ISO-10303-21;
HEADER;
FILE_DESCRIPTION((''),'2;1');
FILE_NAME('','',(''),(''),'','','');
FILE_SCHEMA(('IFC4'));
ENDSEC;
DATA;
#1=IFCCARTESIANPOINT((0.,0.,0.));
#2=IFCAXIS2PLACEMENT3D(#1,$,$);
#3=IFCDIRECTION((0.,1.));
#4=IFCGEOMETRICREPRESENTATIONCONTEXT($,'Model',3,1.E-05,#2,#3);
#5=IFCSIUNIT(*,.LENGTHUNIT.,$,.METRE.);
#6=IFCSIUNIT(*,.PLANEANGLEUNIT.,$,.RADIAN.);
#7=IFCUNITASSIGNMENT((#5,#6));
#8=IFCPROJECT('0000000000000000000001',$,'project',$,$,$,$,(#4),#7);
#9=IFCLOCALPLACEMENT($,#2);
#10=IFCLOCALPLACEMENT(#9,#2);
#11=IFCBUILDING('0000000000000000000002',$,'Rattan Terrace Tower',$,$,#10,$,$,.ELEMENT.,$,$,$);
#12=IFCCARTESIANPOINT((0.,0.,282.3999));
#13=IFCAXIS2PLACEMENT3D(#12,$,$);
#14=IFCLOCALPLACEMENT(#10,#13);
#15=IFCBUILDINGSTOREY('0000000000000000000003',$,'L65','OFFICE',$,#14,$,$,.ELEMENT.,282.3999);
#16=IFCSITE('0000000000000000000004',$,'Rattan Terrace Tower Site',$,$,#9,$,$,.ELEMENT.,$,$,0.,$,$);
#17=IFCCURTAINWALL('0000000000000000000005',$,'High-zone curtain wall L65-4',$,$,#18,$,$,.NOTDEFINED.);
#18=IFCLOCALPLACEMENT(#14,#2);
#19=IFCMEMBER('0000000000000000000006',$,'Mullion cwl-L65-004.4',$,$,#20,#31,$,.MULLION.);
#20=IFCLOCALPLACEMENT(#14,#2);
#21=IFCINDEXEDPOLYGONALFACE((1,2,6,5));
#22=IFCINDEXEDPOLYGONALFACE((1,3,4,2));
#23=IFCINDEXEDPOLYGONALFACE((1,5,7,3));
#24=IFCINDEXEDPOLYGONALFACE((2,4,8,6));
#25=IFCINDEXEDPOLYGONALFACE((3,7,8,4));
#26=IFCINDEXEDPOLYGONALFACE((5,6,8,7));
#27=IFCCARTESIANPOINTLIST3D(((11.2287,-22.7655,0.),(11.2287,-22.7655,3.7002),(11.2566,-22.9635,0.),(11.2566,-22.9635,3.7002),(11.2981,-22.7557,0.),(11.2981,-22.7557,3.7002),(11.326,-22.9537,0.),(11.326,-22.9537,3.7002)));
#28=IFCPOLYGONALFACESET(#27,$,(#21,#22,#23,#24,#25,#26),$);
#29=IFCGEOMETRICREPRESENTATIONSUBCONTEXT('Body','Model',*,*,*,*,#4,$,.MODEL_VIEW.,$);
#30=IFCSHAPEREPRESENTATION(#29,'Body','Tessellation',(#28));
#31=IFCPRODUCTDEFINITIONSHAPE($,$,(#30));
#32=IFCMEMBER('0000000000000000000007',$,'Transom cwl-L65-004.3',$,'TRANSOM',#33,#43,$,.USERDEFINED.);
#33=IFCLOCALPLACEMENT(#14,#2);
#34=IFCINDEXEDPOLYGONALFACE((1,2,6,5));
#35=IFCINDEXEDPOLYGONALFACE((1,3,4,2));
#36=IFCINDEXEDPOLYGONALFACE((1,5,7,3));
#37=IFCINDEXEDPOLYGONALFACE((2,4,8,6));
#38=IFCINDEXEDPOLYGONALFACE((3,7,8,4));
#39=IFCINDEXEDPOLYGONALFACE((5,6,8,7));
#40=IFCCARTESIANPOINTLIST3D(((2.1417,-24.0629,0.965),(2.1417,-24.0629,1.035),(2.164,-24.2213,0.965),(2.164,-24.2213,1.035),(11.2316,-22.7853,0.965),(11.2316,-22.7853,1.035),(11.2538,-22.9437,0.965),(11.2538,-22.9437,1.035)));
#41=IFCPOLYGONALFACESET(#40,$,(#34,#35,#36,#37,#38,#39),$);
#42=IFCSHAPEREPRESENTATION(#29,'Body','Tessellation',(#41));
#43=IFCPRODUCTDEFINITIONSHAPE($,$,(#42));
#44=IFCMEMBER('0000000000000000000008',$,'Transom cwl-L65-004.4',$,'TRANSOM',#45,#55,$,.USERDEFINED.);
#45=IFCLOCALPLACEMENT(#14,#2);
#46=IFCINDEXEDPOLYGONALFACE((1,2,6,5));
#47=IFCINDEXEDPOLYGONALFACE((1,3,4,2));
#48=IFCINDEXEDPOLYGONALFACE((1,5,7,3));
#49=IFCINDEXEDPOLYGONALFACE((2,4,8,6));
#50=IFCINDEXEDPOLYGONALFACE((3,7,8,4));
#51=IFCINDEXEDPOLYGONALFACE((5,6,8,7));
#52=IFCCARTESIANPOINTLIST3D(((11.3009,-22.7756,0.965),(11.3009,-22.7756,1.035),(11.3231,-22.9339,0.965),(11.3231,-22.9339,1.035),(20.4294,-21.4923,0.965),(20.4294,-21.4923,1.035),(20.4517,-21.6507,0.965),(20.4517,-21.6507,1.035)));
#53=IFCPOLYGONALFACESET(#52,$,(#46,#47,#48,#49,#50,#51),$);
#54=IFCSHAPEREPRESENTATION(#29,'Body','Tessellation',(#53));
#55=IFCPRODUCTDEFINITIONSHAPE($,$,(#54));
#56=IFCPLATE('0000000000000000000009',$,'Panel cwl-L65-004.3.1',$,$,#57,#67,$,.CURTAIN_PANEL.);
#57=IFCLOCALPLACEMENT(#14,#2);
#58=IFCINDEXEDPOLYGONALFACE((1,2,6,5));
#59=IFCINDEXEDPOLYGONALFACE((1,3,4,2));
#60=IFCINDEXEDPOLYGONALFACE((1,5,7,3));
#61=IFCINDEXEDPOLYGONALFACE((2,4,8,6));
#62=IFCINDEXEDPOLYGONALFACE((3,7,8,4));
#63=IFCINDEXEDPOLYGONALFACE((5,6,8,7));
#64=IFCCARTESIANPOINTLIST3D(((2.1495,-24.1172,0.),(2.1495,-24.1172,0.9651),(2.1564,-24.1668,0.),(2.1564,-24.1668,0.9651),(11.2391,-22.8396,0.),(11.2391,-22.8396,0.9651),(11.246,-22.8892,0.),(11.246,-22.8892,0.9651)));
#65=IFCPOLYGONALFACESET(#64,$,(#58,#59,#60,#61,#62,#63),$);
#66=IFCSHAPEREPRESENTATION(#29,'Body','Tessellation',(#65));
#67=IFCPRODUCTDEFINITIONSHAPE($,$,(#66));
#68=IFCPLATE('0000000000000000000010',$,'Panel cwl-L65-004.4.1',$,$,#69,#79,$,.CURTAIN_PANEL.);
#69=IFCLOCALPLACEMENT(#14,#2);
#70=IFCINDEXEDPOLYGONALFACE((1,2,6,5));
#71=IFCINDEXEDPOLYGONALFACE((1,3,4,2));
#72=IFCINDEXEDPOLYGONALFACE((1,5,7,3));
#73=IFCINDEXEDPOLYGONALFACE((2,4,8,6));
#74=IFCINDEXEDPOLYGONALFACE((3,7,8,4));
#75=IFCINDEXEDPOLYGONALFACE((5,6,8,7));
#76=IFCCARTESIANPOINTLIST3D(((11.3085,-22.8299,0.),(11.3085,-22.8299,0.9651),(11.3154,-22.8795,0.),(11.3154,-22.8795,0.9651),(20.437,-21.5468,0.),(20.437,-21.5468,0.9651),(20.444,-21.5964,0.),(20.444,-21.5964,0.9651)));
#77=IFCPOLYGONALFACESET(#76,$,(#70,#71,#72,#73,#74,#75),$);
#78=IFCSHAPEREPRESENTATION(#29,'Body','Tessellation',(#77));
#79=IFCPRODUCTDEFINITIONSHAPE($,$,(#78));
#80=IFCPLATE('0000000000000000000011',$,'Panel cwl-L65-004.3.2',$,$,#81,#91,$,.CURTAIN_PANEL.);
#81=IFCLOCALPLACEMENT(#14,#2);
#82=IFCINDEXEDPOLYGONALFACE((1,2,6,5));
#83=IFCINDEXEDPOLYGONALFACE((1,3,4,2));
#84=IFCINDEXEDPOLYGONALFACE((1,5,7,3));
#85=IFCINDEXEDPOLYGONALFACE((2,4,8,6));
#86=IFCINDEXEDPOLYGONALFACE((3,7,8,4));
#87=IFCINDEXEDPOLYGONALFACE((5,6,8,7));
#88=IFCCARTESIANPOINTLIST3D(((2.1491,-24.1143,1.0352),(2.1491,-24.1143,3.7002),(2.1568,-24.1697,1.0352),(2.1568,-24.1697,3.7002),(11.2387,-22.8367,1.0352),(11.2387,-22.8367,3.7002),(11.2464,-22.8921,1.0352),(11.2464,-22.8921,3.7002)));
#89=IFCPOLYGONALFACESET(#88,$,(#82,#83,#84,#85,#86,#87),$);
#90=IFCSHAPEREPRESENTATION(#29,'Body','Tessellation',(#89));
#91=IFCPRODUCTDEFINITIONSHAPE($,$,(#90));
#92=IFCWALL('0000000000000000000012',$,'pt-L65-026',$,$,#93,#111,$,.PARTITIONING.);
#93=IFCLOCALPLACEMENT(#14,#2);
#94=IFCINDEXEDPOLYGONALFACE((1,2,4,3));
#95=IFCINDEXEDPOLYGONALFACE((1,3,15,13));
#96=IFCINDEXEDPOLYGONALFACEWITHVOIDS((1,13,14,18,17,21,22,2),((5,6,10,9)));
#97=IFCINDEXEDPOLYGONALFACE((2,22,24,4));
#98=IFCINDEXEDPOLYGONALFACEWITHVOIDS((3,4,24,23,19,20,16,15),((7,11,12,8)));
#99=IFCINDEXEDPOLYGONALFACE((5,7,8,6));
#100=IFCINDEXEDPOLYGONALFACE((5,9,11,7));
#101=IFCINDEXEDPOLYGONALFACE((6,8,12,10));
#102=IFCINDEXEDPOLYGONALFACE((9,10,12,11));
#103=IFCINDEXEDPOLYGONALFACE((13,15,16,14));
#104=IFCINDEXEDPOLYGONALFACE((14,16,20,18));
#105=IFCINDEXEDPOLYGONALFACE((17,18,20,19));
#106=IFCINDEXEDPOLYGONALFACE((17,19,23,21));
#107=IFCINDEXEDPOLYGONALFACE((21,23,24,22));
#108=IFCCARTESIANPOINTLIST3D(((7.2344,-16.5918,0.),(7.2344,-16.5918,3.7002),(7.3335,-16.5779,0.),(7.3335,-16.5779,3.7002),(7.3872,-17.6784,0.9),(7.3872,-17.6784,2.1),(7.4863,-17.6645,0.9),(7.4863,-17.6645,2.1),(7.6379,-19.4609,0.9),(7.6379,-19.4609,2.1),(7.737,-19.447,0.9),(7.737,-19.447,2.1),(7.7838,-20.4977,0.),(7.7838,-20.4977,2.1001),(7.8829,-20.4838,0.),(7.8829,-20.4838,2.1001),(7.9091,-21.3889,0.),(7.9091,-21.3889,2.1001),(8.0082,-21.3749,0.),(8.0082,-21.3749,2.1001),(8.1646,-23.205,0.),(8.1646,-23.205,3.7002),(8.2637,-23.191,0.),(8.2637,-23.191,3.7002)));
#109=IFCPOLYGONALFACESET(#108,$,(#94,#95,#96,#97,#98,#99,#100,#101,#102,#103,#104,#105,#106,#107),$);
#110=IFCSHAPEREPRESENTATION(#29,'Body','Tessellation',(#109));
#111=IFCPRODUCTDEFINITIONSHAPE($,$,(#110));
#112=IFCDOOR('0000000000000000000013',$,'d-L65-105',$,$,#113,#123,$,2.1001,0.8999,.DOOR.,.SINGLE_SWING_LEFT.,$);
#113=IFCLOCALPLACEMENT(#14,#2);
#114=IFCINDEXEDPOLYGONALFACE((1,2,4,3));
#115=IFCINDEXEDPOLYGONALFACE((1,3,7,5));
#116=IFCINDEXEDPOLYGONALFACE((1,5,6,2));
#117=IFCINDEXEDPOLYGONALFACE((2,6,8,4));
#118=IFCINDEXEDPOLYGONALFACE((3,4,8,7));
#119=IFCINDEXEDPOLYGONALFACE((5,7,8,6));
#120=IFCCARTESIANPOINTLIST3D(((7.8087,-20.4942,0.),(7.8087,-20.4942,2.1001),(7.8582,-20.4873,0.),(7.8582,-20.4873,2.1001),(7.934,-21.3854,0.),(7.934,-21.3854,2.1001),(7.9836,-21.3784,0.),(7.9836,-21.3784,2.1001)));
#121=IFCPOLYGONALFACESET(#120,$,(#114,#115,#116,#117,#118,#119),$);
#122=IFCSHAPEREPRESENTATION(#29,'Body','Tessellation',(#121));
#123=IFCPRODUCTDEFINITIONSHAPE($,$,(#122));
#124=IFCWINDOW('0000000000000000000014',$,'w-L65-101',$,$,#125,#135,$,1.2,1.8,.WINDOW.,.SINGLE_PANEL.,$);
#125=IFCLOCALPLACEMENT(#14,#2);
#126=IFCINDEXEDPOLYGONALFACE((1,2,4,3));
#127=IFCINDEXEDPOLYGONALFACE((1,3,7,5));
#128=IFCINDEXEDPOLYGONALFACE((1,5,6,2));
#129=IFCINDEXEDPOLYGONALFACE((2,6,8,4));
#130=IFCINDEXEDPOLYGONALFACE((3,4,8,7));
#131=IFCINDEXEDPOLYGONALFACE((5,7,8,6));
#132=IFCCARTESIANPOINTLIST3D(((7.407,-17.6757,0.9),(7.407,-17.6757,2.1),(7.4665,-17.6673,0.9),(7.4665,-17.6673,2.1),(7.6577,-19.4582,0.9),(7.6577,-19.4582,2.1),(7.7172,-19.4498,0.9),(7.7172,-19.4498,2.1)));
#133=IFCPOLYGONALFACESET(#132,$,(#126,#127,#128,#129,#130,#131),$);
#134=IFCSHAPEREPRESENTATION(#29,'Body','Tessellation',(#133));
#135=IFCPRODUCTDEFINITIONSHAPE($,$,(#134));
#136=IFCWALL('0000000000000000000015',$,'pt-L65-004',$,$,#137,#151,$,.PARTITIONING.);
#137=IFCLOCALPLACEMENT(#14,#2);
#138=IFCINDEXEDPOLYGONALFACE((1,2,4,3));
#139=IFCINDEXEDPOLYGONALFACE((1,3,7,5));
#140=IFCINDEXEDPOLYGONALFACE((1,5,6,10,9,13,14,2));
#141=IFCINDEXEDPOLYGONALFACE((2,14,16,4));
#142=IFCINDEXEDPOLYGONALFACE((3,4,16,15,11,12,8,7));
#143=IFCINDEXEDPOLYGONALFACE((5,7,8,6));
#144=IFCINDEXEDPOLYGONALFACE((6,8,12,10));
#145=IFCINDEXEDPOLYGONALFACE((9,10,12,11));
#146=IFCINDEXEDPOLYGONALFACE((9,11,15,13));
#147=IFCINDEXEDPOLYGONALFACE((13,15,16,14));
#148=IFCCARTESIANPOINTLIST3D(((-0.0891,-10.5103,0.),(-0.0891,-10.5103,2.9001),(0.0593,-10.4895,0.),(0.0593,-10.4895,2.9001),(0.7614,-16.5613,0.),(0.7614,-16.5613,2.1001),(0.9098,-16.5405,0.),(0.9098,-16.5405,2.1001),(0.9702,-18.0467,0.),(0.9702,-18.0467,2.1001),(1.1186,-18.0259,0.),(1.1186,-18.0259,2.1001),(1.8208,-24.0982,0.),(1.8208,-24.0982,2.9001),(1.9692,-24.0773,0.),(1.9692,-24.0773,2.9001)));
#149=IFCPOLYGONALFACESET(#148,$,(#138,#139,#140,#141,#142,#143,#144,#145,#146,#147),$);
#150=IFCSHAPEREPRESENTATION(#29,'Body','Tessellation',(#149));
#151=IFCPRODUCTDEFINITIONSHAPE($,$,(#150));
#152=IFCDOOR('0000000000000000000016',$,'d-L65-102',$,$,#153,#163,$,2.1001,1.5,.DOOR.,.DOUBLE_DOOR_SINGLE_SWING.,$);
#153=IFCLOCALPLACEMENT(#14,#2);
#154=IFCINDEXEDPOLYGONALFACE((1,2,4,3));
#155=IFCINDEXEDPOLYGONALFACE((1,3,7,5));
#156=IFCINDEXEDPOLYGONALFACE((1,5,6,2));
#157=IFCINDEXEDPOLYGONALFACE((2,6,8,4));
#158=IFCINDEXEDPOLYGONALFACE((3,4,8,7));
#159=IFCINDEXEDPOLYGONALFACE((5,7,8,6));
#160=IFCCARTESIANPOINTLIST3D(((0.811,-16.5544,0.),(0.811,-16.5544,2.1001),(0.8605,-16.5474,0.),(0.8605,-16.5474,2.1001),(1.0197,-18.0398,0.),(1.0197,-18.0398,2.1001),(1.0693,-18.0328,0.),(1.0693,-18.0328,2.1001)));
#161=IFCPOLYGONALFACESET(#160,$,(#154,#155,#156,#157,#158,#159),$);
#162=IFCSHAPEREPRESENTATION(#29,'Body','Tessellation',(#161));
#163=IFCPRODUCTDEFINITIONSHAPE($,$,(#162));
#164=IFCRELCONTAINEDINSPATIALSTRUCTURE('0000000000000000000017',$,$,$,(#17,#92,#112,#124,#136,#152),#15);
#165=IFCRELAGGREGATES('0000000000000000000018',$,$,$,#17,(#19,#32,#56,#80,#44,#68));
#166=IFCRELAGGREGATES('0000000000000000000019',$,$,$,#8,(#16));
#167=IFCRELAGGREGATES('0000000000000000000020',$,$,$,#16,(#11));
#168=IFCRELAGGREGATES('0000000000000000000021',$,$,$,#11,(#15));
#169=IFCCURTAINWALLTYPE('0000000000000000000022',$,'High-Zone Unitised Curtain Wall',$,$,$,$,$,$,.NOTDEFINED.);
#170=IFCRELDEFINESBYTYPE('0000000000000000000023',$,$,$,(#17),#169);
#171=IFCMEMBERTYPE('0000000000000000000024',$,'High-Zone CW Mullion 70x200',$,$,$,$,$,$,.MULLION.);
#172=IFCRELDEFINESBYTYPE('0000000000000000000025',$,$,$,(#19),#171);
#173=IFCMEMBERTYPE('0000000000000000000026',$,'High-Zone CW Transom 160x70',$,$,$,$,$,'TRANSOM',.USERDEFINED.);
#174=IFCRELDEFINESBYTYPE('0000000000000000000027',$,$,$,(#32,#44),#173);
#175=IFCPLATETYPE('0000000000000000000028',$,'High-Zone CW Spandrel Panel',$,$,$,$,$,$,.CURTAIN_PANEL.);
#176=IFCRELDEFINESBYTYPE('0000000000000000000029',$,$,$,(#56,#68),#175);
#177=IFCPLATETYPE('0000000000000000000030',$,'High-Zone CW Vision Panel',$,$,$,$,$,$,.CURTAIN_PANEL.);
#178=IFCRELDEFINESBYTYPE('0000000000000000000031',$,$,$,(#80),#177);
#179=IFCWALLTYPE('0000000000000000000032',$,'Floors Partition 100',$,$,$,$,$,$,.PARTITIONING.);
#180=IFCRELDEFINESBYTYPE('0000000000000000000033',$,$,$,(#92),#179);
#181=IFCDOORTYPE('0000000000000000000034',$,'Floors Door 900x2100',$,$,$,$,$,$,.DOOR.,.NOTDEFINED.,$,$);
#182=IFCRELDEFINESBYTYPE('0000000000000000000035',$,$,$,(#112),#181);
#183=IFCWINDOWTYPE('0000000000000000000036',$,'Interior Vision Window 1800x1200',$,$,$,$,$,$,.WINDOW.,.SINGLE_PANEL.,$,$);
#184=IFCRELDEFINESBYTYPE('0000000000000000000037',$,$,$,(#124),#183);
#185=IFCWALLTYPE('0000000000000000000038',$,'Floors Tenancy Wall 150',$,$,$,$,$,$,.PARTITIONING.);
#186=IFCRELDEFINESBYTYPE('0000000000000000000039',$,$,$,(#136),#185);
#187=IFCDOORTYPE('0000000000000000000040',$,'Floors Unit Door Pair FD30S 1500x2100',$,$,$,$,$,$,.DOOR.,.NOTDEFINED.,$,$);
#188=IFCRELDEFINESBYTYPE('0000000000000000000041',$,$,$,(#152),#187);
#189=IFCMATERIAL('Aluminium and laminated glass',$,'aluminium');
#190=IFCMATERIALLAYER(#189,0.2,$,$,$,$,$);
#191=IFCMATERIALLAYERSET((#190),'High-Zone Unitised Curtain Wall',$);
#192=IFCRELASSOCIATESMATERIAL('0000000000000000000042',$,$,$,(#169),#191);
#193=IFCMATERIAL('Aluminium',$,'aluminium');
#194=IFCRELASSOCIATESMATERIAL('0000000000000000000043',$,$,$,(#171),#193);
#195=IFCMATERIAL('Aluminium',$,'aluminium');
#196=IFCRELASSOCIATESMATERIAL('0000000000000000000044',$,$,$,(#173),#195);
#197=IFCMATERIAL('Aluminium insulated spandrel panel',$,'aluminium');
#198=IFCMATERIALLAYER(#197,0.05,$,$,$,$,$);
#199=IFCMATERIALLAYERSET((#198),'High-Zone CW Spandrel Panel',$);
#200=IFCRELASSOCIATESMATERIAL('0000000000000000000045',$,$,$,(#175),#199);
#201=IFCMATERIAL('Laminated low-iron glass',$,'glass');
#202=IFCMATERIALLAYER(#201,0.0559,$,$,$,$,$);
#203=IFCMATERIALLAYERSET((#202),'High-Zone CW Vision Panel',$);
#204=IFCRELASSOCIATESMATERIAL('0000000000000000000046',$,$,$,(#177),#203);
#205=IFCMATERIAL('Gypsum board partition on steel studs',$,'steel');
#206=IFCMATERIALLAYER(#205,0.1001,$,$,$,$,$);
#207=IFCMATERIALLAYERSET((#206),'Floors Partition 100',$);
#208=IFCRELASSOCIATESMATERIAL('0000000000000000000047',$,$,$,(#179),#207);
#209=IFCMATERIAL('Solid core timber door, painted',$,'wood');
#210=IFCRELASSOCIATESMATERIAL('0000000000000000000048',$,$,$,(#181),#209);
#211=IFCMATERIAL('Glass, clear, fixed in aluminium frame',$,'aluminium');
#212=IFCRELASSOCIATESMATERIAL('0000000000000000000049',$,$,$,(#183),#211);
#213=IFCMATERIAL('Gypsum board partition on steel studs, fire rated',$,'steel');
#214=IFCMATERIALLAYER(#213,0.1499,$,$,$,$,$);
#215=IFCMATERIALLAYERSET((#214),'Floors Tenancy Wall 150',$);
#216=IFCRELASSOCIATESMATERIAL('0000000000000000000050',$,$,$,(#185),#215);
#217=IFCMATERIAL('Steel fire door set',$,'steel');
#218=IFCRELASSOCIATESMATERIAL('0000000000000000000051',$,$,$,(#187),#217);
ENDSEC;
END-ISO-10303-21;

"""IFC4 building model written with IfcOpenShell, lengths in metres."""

from ifc_helpers import new_model, si_unit, direction, frame, frame_2d, origin, origin_2d, place, context, subcontext, project, spatial, rectangle, extrude, material, layer, layer_set, material_profile, profile_set, type_object, element, fill, aggregate, save


model = new_model("IFC4")

# Units and contexts
model_context = context("Model", 3, precision=1e-05, world=origin(), true_north=direction((0.0, 1.0)))
body_context = subcontext(model_context, "Body", "Model", "MODEL_VIEW")
ifc_project = project(units=[si_unit("LENGTHUNIT", "METRE"), si_unit("PLANEANGLEUNIT", "RADIAN")], contexts=[model_context])

# Site, building, storey
site_placement = place(None, origin())
site = spatial("IfcSite", under=ifc_project, at=site_placement, Name="Rattan Terrace Tower Site", CompositionType="ELEMENT", RefElevation=0.0)
building_placement = place(site_placement, origin())
building = spatial("IfcBuilding", under=site, at=building_placement, Name="Rattan Terrace Tower", CompositionType="ELEMENT")
storey_placement = place(building_placement, frame((0.0, 0.0, 282.3999)))
storey = spatial("IfcBuildingStorey", under=building, at=storey_placement, Name="L65", Description="OFFICE", CompositionType="ELEMENT", Elevation=282.3999)

# Curtain wall, members, plates
ifc_material_1 = material(Name="Aluminium and laminated glass", Category="aluminium")
ifc_layer_1 = layer(ifc_material_1, 0.2)
ifc_layer_set_1 = layer_set([ifc_layer_1], Name="High-Zone Unitised Curtain Wall")
curtain_wall_type = type_object("IfcCurtainWallType", Name="High-Zone Unitised Curtain Wall", PredefinedType="NOTDEFINED", material=ifc_layer_set_1)
curtain_wall_placement = place(storey_placement, origin())
curtain_wall = element("IfcCurtainWall", 1, at=curtain_wall_placement, inside=storey, type_object=curtain_wall_type, Name="High-zone curtain wall L65-4", PredefinedType="NOTDEFINED")
ifc_material_2 = material(Name="Aluminium", Category="aluminium")
ifc_material_profile_1 = material_profile(ifc_material_2, rectangle(XDim=0.0701, YDim=0.2, at=origin_2d()), Name="Aluminium 70x200")
ifc_profile_set_1 = profile_set([ifc_material_profile_1], Name="Aluminium")
member_type_1 = type_object("IfcMemberType", Name="High-Zone CW Mullion 70x200", PredefinedType="MULLION", material=ifc_profile_set_1)
member_1_placement = place(storey_placement, frame((11.2773, -22.8596, 0.0), z_axis=(0.0, 0.0, 1.0), x_axis=(0.990266, 0.139189, 0.0)))
member_1 = element("IfcMember", 2, at=member_1_placement, type_object=member_type_1, Name="Mullion cwl-L65-004.4", PredefinedType="MULLION", context=body_context, shape_type="SweptSolid", body=[
    extrude(rectangle(XDim=0.0701, YDim=0.2, at=origin_2d()), origin(), (0.0, 0.0, 1.0), 3.7002),
])
ifc_material_3 = material(Name="Aluminium", Category="aluminium")
ifc_material_profile_2 = material_profile(ifc_material_3, rectangle(XDim=0.1599, YDim=0.0701, at=origin_2d()), Name="Aluminium 160x70")
ifc_profile_set_2 = profile_set([ifc_material_profile_2], Name="Aluminium")
member_type_2 = type_object("IfcMemberType", Name="High-Zone CW Transom 160x70", ElementType="TRANSOM", PredefinedType="USERDEFINED", material=ifc_profile_set_2)
member_2_placement = place(storey_placement, frame((2.1528, -24.1421, 1.0), z_axis=(0.990267, 0.139183, 0.0), x_axis=(-0.139183, 0.990267, 0.0)))
member_2 = element("IfcMember", 3, at=member_2_placement, type_object=member_type_2, Name="Transom cwl-L65-004.3", ObjectType="TRANSOM", PredefinedType="USERDEFINED", context=body_context, shape_type="SweptSolid", body=[
    extrude(rectangle(XDim=0.1599, YDim=0.0701, at=origin_2d()), origin(), (0.0, 0.0, 1.0), 9.1792),
])
member_3_placement = place(storey_placement, frame((11.312, -22.8547, 1.0), z_axis=(0.990264, 0.139204, 0.0), x_axis=(-0.139204, 0.990264, 0.0)))
member_3 = element("IfcMember", 4, at=member_3_placement, type_object=member_type_2, Name="Transom cwl-L65-004.4", ObjectType="TRANSOM", PredefinedType="USERDEFINED", context=body_context, shape_type="SweptSolid", body=[
    extrude(rectangle(XDim=0.1599, YDim=0.0701, at=origin_2d()), origin(), (0.0, 0.0, 1.0), 9.2183),
])
ifc_material_4 = material(Name="Aluminium insulated spandrel panel", Category="aluminium")
ifc_layer_2 = layer(ifc_material_4, 0.05)
ifc_layer_set_2 = layer_set([ifc_layer_2], Name="High-Zone CW Spandrel Panel")
plate_type_1 = type_object("IfcPlateType", Name="High-Zone CW Spandrel Panel", PredefinedType="CURTAIN_PANEL", material=ifc_layer_set_2)
plate_1_placement = place(storey_placement, frame((6.6978, -23.5032, 0.0), z_axis=(0.0, 0.0, 1.0), x_axis=(0.990266, 0.139189, 0.0)))
plate_1 = element("IfcPlate", 5, at=plate_1_placement, type_object=plate_type_1, Name="Panel cwl-L65-004.3.1", PredefinedType="CURTAIN_PANEL", context=body_context, shape_type="SweptSolid", body=[
    extrude(rectangle(XDim=9.179, YDim=0.05, at=origin_2d()), origin(), (0.0, 0.0, 1.0), 0.9651),
])
plate_2_placement = place(storey_placement, frame((15.8762, -22.2131, 0.0), z_axis=(0.0, 0.0, 1.0), x_axis=(0.990266, 0.139189, 0.0)))
plate_2 = element("IfcPlate", 6, at=plate_2_placement, type_object=plate_type_1, Name="Panel cwl-L65-004.4.1", PredefinedType="CURTAIN_PANEL", context=body_context, shape_type="SweptSolid", body=[
    extrude(rectangle(XDim=9.2183, YDim=0.05, at=origin_2d()), origin(), (0.0, 0.0, 1.0), 0.9651),
])
ifc_material_5 = material(Name="Laminated low-iron glass", Category="glass")
ifc_layer_3 = layer(ifc_material_5, 0.0559)
ifc_layer_set_3 = layer_set([ifc_layer_3], Name="High-Zone CW Vision Panel")
plate_type_2 = type_object("IfcPlateType", Name="High-Zone CW Vision Panel", PredefinedType="CURTAIN_PANEL", material=ifc_layer_set_3)
plate_3_placement = place(storey_placement, frame((6.6978, -23.5032, 1.0352), z_axis=(0.0, 0.0, 1.0), x_axis=(0.990266, 0.139189, 0.0)))
plate_3 = element("IfcPlate", 7, at=plate_3_placement, type_object=plate_type_2, Name="Panel cwl-L65-004.3.2", PredefinedType="CURTAIN_PANEL", context=body_context, shape_type="SweptSolid", body=[
    extrude(rectangle(XDim=9.179, YDim=0.0559, at=origin_2d()), origin(), (0.0, 0.0, 1.0), 2.665),
])
aggregate(curtain_wall, [member_1, member_2, plate_1, plate_3, member_3, plate_2])

# Wall, openings, door, window
ifc_material_6 = material(Name="Gypsum board partition on steel studs", Category="steel")
ifc_layer_4 = layer(ifc_material_6, 0.1001)
ifc_layer_set_4 = layer_set([ifc_layer_4], Name="Floors Partition 100")
wall_type_1 = type_object("IfcWallType", Name="Floors Partition 100", PredefinedType="PARTITIONING", material=ifc_layer_set_4)
wall_1_placement = place(storey_placement, frame((8.2141, -23.198, 0.0), z_axis=(0.0, 0.0, 1.0), x_axis=(-0.139287, 0.990252, 0.0)))
wall_1 = element("IfcWall", 8, at=wall_1_placement, inside=storey, type_object=wall_type_1, Name="pt-L65-026", PredefinedType="PARTITIONING", context=body_context, shape_type="SweptSolid", body=[
    extrude(rectangle(XDim=6.6782, YDim=0.1001, at=frame_2d((3.3391, 0.0))), origin(), (0.0, 0.0, 1.0), 3.7002),
])
opening_1_placement = place(wall_1_placement, frame((1.834, 0.0, 0.0)))
opening_1 = element("IfcOpeningElement", 9, at=opening_1_placement, cuts=wall_1, PredefinedType="OPENING", context=body_context, shape_type="SweptSolid", body=[
    extrude(rectangle(XDim=0.8999, YDim=2.1001, at=frame_2d((0.45, 1.05))), frame((0.0, 0.0605, 0.0), z_axis=(0.0, -1.0, 0.0), x_axis=(1.0, 0.0, 0.0)), (0.0, 0.0, 1.0), 0.1211),
])
opening_2_placement = place(wall_1_placement, frame((3.781, 0.0, 0.8999)))
opening_2 = element("IfcOpeningElement", 10, at=opening_2_placement, cuts=wall_1, PredefinedType="OPENING", context=body_context, shape_type="SweptSolid", body=[
    extrude(rectangle(XDim=1.8, YDim=1.2, at=frame_2d((0.8999, 0.6001))), frame((0.0, 0.0605, 0.0), z_axis=(0.0, -1.0, 0.0), x_axis=(1.0, 0.0, 0.0)), (0.0, 0.0, 1.0), 0.1211),
])
ifc_material_7 = material(Name="Solid core timber door, painted", Category="wood")
door_type_1 = type_object("IfcDoorType", Name="Floors Door 900x2100", OperationType="NOTDEFINED", PredefinedType="DOOR", material=ifc_material_7)
door_1_placement = place(opening_1_placement, origin())
door_1 = element("IfcDoor", 11, at=door_1_placement, inside=storey, type_object=door_type_1, Name="d-L65-105", OperationType="SINGLE_SWING_LEFT", OverallHeight=2.1001, OverallWidth=0.8999, PredefinedType="DOOR", context=body_context, shape_type="SweptSolid", body=[
    extrude(rectangle(XDim=0.8999, YDim=2.1001, at=frame_2d((0.45, 1.05))), frame((0.0, 0.0249, 0.0), z_axis=(0.0, -1.0, 0.0), x_axis=(1.0, 0.0, 0.0)), (0.0, 0.0, 1.0), 0.05),
])
fill(opening_1, door_1)
ifc_material_8 = material(Name="Glass, clear, fixed in aluminium frame", Category="aluminium")
window_type = type_object("IfcWindowType", Name="Interior Vision Window 1800x1200", PartitioningType="SINGLE_PANEL", PredefinedType="WINDOW", material=ifc_material_8)
window_placement = place(opening_2_placement, origin())
window = element("IfcWindow", 12, at=window_placement, inside=storey, type_object=window_type, Name="w-L65-101", OverallHeight=1.2, OverallWidth=1.8, PartitioningType="SINGLE_PANEL", PredefinedType="WINDOW", context=body_context, shape_type="SweptSolid", body=[
    extrude(rectangle(XDim=1.8, YDim=1.2, at=frame_2d((0.8999, 0.6001))), frame((0.0, 0.03, 0.0), z_axis=(0.0, -1.0, 0.0), x_axis=(1.0, 0.0, 0.0)), (0.0, 0.0, 1.0), 0.0601),
])
fill(opening_2, window)

# Wall, opening, door
ifc_material_9 = material(Name="Gypsum board partition on steel studs, fire rated", Category="steel")
ifc_layer_5 = layer(ifc_material_9, 0.1499)
ifc_layer_set_5 = layer_set([ifc_layer_5], Name="Floors Tenancy Wall 150")
wall_type_2 = type_object("IfcWallType", Name="Floors Tenancy Wall 150", PredefinedType="PARTITIONING", material=ifc_layer_set_5)
wall_2_placement = place(storey_placement, frame((1.895, -24.0879, 0.0), z_axis=(0.0, 0.0, 1.0), x_axis=(-0.139192, 0.990265, 0.0)))
wall_2 = element("IfcWall", 13, at=wall_2_placement, inside=storey, type_object=wall_type_2, Name="pt-L65-004", PredefinedType="PARTITIONING", context=body_context, shape_type="SweptSolid", body=[
    extrude(rectangle(XDim=13.7214, YDim=0.1499, at=frame_2d((6.8608, 0.0))), origin(), (0.0, 0.0, 1.0), 2.9001),
])
opening_3_placement = place(wall_2_placement, frame((6.1111, 0.0, 0.0)))
opening_3 = element("IfcOpeningElement", 14, at=opening_3_placement, cuts=wall_2, PredefinedType="OPENING", context=body_context, shape_type="SweptSolid", body=[
    extrude(rectangle(XDim=1.5, YDim=2.1001, at=frame_2d((0.75, 1.05))), frame((0.0, 0.0854, 0.0), z_axis=(0.0, -1.0, 0.0), x_axis=(1.0, 0.0, 0.0)), (0.0, 0.0, 1.0), 0.1709),
])
ifc_material_10 = material(Name="Steel fire door set", Category="steel")
door_type_2 = type_object("IfcDoorType", Name="Floors Unit Door Pair FD30S 1500x2100", OperationType="NOTDEFINED", PredefinedType="DOOR", material=ifc_material_10)
door_2_placement = place(opening_3_placement, origin())
door_2 = element("IfcDoor", 15, at=door_2_placement, inside=storey, type_object=door_type_2, Name="d-L65-102", OperationType="DOUBLE_DOOR_SINGLE_SWING", OverallHeight=2.1001, OverallWidth=1.5, PredefinedType="DOOR", context=body_context, shape_type="SweptSolid", body=[
    extrude(rectangle(XDim=1.5, YDim=2.1001, at=frame_2d((0.75, 1.05))), frame((0.0, 0.0249, 0.0), z_axis=(0.0, -1.0, 0.0), x_axis=(1.0, 0.0, 0.0)), (0.0, 0.0, 1.0), 0.05),
])
fill(opening_3, door_2)

save(model, "model.ifc")
